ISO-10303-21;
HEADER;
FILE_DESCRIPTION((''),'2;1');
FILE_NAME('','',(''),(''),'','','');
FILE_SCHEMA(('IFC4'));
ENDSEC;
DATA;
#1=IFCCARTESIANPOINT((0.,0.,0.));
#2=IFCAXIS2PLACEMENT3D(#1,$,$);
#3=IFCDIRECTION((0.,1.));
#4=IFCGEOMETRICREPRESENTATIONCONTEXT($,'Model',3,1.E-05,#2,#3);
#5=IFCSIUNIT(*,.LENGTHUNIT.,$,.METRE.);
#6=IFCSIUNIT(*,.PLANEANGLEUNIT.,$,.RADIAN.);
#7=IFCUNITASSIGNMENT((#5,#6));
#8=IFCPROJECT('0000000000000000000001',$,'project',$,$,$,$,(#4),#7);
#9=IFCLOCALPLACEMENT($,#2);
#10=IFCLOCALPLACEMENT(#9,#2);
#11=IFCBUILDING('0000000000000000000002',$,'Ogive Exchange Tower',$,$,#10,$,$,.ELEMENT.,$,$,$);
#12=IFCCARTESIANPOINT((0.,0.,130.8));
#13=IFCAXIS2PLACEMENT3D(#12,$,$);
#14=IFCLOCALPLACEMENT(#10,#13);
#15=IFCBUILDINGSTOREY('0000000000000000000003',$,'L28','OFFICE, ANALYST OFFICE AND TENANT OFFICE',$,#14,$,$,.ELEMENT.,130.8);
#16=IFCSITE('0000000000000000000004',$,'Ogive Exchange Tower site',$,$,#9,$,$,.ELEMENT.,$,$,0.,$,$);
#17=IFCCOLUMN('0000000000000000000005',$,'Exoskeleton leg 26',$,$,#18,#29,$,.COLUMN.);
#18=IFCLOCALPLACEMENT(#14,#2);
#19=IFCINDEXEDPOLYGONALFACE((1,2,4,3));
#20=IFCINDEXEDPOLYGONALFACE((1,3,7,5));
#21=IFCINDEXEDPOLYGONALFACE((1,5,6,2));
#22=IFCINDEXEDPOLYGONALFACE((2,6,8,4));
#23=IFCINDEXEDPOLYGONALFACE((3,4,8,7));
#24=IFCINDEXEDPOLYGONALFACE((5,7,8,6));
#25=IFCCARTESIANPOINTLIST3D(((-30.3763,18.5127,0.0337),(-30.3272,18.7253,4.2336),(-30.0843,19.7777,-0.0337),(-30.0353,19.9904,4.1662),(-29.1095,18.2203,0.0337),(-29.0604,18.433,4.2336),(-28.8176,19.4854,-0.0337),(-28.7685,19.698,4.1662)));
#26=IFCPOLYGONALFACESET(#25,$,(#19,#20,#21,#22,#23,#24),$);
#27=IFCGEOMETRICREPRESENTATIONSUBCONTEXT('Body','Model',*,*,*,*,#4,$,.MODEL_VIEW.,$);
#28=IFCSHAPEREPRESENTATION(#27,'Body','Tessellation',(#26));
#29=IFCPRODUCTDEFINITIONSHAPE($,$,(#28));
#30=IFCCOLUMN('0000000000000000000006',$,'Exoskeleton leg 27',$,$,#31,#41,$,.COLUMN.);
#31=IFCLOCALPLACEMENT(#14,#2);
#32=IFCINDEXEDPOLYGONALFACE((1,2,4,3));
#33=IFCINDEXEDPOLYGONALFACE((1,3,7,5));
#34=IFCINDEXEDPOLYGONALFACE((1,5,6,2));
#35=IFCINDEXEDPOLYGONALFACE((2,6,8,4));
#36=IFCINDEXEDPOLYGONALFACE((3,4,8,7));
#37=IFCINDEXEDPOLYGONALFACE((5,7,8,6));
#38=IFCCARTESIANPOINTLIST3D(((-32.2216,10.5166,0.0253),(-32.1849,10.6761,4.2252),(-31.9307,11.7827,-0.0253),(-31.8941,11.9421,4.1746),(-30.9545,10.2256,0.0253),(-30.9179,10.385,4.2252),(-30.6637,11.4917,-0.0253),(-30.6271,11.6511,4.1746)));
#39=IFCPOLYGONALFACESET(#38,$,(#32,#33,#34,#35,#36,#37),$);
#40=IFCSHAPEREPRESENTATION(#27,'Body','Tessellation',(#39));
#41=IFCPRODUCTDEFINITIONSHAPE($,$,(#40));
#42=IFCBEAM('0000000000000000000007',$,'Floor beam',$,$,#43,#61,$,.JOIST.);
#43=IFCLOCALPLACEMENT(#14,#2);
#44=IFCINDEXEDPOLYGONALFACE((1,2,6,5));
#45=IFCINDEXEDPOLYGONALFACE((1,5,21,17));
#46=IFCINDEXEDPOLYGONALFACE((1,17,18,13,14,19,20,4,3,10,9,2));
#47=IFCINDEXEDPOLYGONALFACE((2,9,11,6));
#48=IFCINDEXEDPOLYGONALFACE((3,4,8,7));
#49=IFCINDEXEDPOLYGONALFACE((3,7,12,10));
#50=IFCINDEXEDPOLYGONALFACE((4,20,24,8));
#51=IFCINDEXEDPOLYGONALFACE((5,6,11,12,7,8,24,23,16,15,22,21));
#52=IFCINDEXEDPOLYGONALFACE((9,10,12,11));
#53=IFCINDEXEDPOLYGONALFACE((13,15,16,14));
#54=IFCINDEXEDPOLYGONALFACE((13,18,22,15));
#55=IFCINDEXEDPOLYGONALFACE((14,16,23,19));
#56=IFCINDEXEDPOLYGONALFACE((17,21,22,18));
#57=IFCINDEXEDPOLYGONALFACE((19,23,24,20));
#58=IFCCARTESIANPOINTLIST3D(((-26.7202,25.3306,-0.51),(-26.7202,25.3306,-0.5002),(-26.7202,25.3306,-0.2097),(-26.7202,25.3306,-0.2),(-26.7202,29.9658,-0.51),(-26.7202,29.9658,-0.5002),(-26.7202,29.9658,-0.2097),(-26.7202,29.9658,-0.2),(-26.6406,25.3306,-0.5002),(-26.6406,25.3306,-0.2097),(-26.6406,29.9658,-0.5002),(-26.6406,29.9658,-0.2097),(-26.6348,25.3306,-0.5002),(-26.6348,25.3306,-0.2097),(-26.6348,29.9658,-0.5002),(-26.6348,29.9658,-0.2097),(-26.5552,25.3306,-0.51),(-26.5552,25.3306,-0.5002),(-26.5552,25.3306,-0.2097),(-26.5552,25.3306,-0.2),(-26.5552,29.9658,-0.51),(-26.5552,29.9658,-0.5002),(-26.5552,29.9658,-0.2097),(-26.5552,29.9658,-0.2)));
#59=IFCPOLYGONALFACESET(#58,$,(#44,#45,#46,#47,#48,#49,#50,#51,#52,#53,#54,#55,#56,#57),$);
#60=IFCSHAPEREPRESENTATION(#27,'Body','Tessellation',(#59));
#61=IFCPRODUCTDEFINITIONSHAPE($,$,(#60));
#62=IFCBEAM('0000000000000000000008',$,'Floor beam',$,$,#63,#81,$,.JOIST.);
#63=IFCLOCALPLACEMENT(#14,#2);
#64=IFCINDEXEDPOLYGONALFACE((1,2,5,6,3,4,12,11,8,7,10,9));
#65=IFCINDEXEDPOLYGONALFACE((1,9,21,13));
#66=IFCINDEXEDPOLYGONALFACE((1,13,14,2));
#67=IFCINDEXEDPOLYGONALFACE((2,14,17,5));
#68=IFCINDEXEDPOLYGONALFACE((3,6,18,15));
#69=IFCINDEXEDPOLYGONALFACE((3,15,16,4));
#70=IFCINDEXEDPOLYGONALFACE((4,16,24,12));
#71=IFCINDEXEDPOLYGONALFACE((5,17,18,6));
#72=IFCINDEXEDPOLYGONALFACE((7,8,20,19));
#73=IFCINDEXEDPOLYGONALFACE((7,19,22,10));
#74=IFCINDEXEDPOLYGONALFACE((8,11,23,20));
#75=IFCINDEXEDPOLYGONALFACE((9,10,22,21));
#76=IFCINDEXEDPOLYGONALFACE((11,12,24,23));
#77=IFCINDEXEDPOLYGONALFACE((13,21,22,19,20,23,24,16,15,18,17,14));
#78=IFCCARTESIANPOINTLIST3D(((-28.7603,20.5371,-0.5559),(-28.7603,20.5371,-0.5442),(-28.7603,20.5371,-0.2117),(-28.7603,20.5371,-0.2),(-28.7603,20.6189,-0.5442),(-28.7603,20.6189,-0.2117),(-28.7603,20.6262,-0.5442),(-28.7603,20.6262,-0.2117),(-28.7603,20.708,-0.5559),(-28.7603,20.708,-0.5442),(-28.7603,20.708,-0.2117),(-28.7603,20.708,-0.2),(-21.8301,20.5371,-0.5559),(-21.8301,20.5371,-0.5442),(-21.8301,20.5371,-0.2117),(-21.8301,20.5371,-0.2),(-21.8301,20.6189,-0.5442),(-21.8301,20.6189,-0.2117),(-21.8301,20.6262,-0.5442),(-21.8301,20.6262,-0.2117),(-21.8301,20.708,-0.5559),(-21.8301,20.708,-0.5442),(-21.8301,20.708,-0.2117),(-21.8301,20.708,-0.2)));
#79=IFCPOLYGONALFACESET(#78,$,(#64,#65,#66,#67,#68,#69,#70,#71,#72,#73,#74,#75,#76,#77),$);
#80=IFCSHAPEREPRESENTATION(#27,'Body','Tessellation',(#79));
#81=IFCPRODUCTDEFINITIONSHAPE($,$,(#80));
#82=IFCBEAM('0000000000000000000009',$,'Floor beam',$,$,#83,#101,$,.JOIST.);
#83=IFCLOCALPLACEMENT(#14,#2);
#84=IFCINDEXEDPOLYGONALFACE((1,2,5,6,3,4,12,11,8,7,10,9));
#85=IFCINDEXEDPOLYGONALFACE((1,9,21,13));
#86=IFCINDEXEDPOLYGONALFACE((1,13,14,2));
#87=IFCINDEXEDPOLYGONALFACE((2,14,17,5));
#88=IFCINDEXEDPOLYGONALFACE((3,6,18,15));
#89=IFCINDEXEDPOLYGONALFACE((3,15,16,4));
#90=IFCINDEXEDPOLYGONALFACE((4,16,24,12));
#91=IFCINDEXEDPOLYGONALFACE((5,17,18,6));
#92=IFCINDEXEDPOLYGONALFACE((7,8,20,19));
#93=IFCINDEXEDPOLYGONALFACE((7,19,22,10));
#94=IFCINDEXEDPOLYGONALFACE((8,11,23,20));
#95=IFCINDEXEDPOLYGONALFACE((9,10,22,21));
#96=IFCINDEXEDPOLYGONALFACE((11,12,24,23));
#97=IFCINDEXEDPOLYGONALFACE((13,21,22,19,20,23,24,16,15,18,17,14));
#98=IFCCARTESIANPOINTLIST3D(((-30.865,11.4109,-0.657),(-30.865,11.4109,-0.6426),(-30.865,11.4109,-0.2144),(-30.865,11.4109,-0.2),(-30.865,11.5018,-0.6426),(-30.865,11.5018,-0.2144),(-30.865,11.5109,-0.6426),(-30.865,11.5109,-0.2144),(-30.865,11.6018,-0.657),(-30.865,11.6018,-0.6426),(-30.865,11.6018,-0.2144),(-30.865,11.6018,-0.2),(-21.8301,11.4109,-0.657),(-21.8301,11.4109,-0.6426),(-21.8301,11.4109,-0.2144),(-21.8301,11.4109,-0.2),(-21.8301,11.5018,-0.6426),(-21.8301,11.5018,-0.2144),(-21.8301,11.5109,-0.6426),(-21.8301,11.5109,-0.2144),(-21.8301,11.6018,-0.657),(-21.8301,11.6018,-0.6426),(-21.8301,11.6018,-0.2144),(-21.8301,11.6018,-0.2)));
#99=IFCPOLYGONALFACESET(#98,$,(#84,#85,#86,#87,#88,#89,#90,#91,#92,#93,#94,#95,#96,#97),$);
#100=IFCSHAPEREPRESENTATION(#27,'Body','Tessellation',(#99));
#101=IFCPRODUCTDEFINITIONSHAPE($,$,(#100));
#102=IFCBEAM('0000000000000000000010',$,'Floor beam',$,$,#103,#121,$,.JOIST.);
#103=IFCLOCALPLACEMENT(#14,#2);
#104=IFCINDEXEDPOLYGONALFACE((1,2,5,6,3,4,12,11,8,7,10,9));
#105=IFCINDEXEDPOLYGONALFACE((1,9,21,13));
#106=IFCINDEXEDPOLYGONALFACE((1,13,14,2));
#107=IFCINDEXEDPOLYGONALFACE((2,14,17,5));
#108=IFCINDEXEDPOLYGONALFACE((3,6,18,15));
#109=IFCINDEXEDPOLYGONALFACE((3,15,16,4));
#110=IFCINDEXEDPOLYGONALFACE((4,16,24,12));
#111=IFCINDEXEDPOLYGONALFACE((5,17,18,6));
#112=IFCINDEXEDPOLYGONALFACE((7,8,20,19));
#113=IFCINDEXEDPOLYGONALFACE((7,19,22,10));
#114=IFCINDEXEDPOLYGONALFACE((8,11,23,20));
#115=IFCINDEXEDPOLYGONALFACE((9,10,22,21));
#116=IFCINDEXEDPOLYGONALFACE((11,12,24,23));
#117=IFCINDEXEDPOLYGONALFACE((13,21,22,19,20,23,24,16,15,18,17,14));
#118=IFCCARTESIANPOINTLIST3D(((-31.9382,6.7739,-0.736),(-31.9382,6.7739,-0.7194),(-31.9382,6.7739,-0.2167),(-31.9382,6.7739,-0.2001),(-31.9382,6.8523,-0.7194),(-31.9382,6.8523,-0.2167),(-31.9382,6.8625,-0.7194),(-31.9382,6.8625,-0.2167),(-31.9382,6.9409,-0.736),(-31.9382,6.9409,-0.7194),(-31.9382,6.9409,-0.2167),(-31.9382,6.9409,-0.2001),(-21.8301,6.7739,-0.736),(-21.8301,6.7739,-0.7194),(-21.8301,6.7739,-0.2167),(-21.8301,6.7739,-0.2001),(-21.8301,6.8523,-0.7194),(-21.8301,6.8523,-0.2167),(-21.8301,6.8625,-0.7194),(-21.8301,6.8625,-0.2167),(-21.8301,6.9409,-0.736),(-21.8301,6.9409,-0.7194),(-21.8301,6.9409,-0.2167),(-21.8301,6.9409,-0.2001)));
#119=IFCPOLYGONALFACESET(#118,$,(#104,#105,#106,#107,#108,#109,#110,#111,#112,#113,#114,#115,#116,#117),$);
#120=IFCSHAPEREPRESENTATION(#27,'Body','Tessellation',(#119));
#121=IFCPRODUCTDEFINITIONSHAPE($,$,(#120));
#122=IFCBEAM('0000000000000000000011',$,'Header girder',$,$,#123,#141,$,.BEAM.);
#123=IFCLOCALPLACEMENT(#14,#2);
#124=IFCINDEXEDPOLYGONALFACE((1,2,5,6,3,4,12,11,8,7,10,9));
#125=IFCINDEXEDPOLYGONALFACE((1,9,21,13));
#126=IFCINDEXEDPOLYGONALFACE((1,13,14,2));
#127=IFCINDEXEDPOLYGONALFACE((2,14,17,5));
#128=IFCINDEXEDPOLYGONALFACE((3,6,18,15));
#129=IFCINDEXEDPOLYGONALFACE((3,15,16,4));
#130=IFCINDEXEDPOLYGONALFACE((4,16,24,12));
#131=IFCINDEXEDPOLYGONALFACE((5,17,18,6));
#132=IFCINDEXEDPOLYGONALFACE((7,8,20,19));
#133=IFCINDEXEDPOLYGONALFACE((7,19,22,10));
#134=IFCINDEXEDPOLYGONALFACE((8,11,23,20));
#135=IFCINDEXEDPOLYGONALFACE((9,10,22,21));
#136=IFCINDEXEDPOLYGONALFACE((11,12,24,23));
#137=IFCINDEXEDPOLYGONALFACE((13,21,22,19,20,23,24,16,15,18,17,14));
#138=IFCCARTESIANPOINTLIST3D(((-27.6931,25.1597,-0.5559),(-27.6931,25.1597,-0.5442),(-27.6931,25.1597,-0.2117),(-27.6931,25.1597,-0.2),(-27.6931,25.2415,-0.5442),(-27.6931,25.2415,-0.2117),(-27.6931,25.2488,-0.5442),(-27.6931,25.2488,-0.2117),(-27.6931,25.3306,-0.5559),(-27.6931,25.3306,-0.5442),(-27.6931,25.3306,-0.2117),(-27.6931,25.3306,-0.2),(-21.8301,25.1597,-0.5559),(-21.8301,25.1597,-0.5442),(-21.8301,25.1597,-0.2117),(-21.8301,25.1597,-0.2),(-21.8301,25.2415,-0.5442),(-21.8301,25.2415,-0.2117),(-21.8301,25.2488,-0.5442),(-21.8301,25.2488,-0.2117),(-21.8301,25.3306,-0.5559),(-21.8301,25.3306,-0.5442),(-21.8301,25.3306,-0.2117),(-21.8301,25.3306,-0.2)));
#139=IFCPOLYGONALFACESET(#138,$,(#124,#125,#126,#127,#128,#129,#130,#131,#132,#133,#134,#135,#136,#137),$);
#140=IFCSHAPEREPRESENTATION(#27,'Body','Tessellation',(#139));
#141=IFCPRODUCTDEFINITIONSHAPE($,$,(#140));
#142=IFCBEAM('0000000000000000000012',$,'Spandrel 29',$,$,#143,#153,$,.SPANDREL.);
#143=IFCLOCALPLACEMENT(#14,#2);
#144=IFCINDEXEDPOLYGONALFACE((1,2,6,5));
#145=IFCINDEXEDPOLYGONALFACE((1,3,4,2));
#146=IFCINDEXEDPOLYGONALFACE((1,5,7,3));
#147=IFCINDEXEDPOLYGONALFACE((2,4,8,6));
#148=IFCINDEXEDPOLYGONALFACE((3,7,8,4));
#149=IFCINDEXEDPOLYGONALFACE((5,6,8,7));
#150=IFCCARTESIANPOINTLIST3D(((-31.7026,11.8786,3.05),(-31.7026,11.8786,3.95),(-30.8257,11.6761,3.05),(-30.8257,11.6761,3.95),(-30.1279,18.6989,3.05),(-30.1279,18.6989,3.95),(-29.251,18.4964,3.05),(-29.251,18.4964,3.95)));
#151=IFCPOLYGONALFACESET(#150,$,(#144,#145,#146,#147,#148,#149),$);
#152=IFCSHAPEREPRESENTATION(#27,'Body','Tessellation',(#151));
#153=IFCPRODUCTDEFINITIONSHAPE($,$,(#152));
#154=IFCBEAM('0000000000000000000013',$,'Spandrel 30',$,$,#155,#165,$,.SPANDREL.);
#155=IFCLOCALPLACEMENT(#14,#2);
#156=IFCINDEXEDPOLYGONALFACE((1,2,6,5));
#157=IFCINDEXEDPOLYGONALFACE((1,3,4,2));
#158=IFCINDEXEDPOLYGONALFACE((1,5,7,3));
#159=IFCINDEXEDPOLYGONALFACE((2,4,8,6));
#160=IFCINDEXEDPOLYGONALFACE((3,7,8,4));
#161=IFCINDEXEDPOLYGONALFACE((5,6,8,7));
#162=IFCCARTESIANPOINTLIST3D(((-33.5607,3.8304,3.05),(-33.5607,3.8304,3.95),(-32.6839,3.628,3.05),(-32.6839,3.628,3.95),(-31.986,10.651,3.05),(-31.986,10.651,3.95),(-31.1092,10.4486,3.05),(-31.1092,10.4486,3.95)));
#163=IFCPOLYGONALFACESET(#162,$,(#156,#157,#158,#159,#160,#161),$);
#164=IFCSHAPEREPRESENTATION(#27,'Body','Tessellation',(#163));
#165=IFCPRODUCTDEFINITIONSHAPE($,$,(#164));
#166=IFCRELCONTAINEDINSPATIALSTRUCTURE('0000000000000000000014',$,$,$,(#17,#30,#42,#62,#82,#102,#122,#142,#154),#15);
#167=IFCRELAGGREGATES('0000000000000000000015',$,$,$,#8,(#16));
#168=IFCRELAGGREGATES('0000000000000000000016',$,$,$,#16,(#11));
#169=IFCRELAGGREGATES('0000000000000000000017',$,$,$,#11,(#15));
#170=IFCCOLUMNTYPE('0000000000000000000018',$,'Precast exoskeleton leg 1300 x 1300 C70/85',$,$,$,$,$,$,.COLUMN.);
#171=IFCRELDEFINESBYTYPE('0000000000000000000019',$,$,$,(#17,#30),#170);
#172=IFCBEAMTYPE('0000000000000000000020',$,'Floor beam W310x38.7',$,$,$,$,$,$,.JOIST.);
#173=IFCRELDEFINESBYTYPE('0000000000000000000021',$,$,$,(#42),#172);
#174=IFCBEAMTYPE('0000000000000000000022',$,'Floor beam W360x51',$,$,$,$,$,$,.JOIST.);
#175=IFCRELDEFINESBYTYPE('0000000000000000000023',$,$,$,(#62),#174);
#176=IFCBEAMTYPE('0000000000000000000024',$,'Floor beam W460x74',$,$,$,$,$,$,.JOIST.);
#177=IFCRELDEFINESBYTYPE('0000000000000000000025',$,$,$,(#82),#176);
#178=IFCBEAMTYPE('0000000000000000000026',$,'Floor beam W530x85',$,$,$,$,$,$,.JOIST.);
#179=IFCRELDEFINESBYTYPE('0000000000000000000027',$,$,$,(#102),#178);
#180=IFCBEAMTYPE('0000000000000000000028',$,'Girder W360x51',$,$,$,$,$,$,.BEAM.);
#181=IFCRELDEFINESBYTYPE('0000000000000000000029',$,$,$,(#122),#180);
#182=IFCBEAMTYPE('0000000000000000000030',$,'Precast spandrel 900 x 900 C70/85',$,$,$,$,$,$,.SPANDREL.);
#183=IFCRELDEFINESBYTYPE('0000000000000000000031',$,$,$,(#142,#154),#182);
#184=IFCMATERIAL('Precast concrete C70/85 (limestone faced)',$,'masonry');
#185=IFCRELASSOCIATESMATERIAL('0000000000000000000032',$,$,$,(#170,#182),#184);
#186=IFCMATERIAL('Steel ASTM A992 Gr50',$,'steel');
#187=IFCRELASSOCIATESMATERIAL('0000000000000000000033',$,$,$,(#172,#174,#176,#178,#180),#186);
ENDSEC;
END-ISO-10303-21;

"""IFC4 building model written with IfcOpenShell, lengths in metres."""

from ifc_helpers import new_model, si_unit, direction, frame, origin, origin_2d, place, context, subcontext, project, spatial, rectangle, i_section, extrude, material, material_profile, profile_set, type_object, element, save


model = new_model("IFC4")

# Units and contexts
model_context = context("Model", 3, precision=1e-05, world=origin(), true_north=direction((0.0, 1.0)))
body_context = subcontext(model_context, "Body", "Model", "MODEL_VIEW")
ifc_project = project(units=[si_unit("LENGTHUNIT", "METRE"), si_unit("PLANEANGLEUNIT", "RADIAN")], contexts=[model_context])

# Site, building, storey
site_placement = place(None, origin())
site = spatial("IfcSite", under=ifc_project, at=site_placement, Name="Ogive Exchange Tower site", CompositionType="ELEMENT", RefElevation=0.0)
building_placement = place(site_placement, origin())
building = spatial("IfcBuilding", under=site, at=building_placement, Name="Ogive Exchange Tower", CompositionType="ELEMENT")
storey_placement = place(building_placement, frame((0.0, 0.0, 130.8)))
storey = spatial("IfcBuildingStorey", under=building, at=storey_placement, Name="L28", Description="OFFICE, ANALYST OFFICE AND TENANT OFFICE", CompositionType="ELEMENT", Elevation=130.8)

# Columns
ifc_material_1 = material(Name="Precast concrete C70/85 (limestone faced)", Category="masonry")
ifc_material_profile_1 = material_profile(ifc_material_1, rectangle(XDim=1.3, YDim=1.3, at=origin_2d()), Name="1300 x 1300")
ifc_profile_set_1 = profile_set([ifc_material_profile_1], Name="Precast concrete C70/85 (limestone faced)")
column_type = type_object("IfcColumnType", Name="Precast exoskeleton leg 1300 x 1300 C70/85", PredefinedType="COLUMN", material=ifc_profile_set_1)
column_1_placement = place(storey_placement, frame((-29.5969, 18.999, 0.0), z_axis=(0.011668, 0.050562, 0.998653), x_axis=(-0.974391, 0.22486, 0.0)))
element("IfcColumn", 1, at=column_1_placement, inside=storey, type_object=column_type, Name="Exoskeleton leg 26", PredefinedType="COLUMN", context=body_context, shape_type="SweptSolid", body=[
    extrude(rectangle(XDim=1.3, YDim=1.3, at=origin_2d()), origin(), (0.0, 0.0, 1.0), 4.2056),
])
column_2_placement = place(storey_placement, frame((-31.4426, 11.0042, 0.0), z_axis=(0.008713, 0.03793, 0.999242), x_axis=(-0.974617, 0.223878, 0.0)))
element("IfcColumn", 2, at=column_2_placement, inside=storey, type_object=column_type, Name="Exoskeleton leg 27", PredefinedType="COLUMN", context=body_context, shape_type="SweptSolid", body=[
    extrude(rectangle(XDim=1.3, YDim=1.3, at=origin_2d()), origin(), (0.0, 0.0, 1.0), 4.2031),
])

# Beams
ifc_material_2 = material(Name="Steel ASTM A992 Gr50", Category="steel")
ifc_material_profile_2 = material_profile(ifc_material_2, i_section(OverallWidth=0.165, OverallDepth=0.3101, WebThickness=0.0059, FlangeThickness=0.0098, at=origin_2d()), Name="W310x38.7")
ifc_profile_set_2 = profile_set([ifc_material_profile_2], Name="Steel ASTM A992 Gr50")
beam_type_1 = type_object("IfcBeamType", Name="Floor beam W310x38.7", PredefinedType="JOIST", material=ifc_profile_set_2)
beam_1_placement = place(storey_placement, frame((-26.6377, 25.3306, -0.355), z_axis=(0.0, 1.0, 0.0), x_axis=(-1.0, 0.0, 0.0)))
element("IfcBeam", 3, at=beam_1_placement, inside=storey, type_object=beam_type_1, Name="Floor beam", PredefinedType="JOIST", context=body_context, shape_type="SweptSolid", body=[
    extrude(i_section(OverallWidth=0.165, OverallDepth=0.3101, WebThickness=0.0059, FlangeThickness=0.0098, at=origin_2d()), origin(), (0.0, 0.0, 1.0), 4.6353),
])
ifc_material_profile_3 = material_profile(ifc_material_2, i_section(OverallWidth=0.1709, OverallDepth=0.356, WebThickness=0.0073, FlangeThickness=0.0117, at=origin_2d()), Name="W360x51")
ifc_profile_set_3 = profile_set([ifc_material_profile_3], Name="Steel ASTM A992 Gr50")
beam_type_2 = type_object("IfcBeamType", Name="Floor beam W360x51", PredefinedType="JOIST", material=ifc_profile_set_3)
beam_2_placement = place(storey_placement, frame((-28.7603, 20.6226, -0.3779), z_axis=(1.0, 0.0, 0.0), x_axis=(0.0, 1.0, 0.0)))
element("IfcBeam", 4, at=beam_2_placement, inside=storey, type_object=beam_type_2, Name="Floor beam", PredefinedType="JOIST", context=body_context, shape_type="SweptSolid", body=[
    extrude(i_section(OverallWidth=0.1709, OverallDepth=0.356, WebThickness=0.0073, FlangeThickness=0.0117, at=origin_2d()), origin(), (0.0, 0.0, 1.0), 6.9302),
])
ifc_material_profile_4 = material_profile(ifc_material_2, i_section(OverallWidth=0.1909, OverallDepth=0.457, WebThickness=0.009, FlangeThickness=0.0144, at=origin_2d()), Name="W460x74")
ifc_profile_set_4 = profile_set([ifc_material_profile_4], Name="Steel ASTM A992 Gr50")
beam_type_3 = type_object("IfcBeamType", Name="Floor beam W460x74", PredefinedType="JOIST", material=ifc_profile_set_4)
beam_3_placement = place(storey_placement, frame((-30.865, 11.5063, -0.4285), z_axis=(1.0, 0.0, 0.0), x_axis=(0.0, 1.0, 0.0)))
element("IfcBeam", 5, at=beam_3_placement, inside=storey, type_object=beam_type_3, Name="Floor beam", PredefinedType="JOIST", context=body_context, shape_type="SweptSolid", body=[
    extrude(i_section(OverallWidth=0.1909, OverallDepth=0.457, WebThickness=0.009, FlangeThickness=0.0144, at=origin_2d()), origin(), (0.0, 0.0, 1.0), 9.0349),
])
ifc_material_profile_5 = material_profile(ifc_material_2, i_section(OverallWidth=0.167, OverallDepth=0.5359, WebThickness=0.0103, FlangeThickness=0.0166, at=origin_2d()), Name="W530x85")
ifc_profile_set_5 = profile_set([ifc_material_profile_5], Name="Steel ASTM A992 Gr50")
beam_type_4 = type_object("IfcBeamType", Name="Floor beam W530x85", PredefinedType="JOIST", material=ifc_profile_set_5)
beam_4_placement = place(storey_placement, frame((-31.9382, 6.8574, -0.468), z_axis=(1.0, 0.0, 0.0), x_axis=(0.0, 1.0, 0.0)))
element("IfcBeam", 6, at=beam_4_placement, inside=storey, type_object=beam_type_4, Name="Floor beam", PredefinedType="JOIST", context=body_context, shape_type="SweptSolid", body=[
    extrude(i_section(OverallWidth=0.167, OverallDepth=0.5359, WebThickness=0.0103, FlangeThickness=0.0166, at=origin_2d()), origin(), (0.0, 0.0, 1.0), 10.1082),
])
ifc_material_profile_6 = material_profile(ifc_material_2, i_section(OverallWidth=0.1709, OverallDepth=0.356, WebThickness=0.0073, FlangeThickness=0.0117, at=origin_2d()), Name="W360x51")
ifc_profile_set_6 = profile_set([ifc_material_profile_6], Name="Steel ASTM A992 Gr50")
beam_type_5 = type_object("IfcBeamType", Name="Girder W360x51", PredefinedType="BEAM", material=ifc_profile_set_6)
beam_5_placement = place(storey_placement, frame((-27.6931, 25.2451, -0.3779), z_axis=(1.0, 0.0, 0.0), x_axis=(0.0, 1.0, 0.0)))
element("IfcBeam", 7, at=beam_5_placement, inside=storey, type_object=beam_type_5, Name="Header girder", PredefinedType="BEAM", context=body_context, shape_type="SweptSolid", body=[
    extrude(i_section(OverallWidth=0.1709, OverallDepth=0.356, WebThickness=0.0073, FlangeThickness=0.0117, at=origin_2d()), origin(), (0.0, 0.0, 1.0), 5.863),
])
ifc_material_profile_7 = material_profile(ifc_material_1, rectangle(XDim=0.8999, YDim=0.8999, at=origin_2d()), Name="900 x 900")
ifc_profile_set_7 = profile_set([ifc_material_profile_7], Name="Precast concrete C70/85 (limestone faced)")
beam_type_6 = type_object("IfcBeamType", Name="Precast spandrel 900 x 900 C70/85", PredefinedType="SPANDREL", material=ifc_profile_set_7)
beam_6_placement = place(storey_placement, frame((-29.6895, 18.5977, 3.5), z_axis=(-0.224966, -0.974367, 0.0), x_axis=(0.974367, -0.224966, 0.0)))
element("IfcBeam", 8, at=beam_6_placement, inside=storey, type_object=beam_type_6, Name="Spandrel 29", PredefinedType="SPANDREL", context=body_context, shape_type="SweptSolid", body=[
    extrude(rectangle(XDim=0.8999, YDim=0.8999, at=origin_2d()), origin(), (0.0, 0.0, 1.0), 6.9998),
])
beam_7_placement = place(storey_placement, frame((-31.5476, 10.5498, 3.5), z_axis=(-0.224959, -0.974368, 0.0), x_axis=(0.974368, -0.224959, 0.0)))
element("IfcBeam", 9, at=beam_7_placement, inside=storey, type_object=beam_type_6, Name="Spandrel 30", PredefinedType="SPANDREL", context=body_context, shape_type="SweptSolid", body=[
    extrude(rectangle(XDim=0.8999, YDim=0.8999, at=origin_2d()), origin(), (0.0, 0.0, 1.0), 7.0),
])

save(model, "model.ifc")
